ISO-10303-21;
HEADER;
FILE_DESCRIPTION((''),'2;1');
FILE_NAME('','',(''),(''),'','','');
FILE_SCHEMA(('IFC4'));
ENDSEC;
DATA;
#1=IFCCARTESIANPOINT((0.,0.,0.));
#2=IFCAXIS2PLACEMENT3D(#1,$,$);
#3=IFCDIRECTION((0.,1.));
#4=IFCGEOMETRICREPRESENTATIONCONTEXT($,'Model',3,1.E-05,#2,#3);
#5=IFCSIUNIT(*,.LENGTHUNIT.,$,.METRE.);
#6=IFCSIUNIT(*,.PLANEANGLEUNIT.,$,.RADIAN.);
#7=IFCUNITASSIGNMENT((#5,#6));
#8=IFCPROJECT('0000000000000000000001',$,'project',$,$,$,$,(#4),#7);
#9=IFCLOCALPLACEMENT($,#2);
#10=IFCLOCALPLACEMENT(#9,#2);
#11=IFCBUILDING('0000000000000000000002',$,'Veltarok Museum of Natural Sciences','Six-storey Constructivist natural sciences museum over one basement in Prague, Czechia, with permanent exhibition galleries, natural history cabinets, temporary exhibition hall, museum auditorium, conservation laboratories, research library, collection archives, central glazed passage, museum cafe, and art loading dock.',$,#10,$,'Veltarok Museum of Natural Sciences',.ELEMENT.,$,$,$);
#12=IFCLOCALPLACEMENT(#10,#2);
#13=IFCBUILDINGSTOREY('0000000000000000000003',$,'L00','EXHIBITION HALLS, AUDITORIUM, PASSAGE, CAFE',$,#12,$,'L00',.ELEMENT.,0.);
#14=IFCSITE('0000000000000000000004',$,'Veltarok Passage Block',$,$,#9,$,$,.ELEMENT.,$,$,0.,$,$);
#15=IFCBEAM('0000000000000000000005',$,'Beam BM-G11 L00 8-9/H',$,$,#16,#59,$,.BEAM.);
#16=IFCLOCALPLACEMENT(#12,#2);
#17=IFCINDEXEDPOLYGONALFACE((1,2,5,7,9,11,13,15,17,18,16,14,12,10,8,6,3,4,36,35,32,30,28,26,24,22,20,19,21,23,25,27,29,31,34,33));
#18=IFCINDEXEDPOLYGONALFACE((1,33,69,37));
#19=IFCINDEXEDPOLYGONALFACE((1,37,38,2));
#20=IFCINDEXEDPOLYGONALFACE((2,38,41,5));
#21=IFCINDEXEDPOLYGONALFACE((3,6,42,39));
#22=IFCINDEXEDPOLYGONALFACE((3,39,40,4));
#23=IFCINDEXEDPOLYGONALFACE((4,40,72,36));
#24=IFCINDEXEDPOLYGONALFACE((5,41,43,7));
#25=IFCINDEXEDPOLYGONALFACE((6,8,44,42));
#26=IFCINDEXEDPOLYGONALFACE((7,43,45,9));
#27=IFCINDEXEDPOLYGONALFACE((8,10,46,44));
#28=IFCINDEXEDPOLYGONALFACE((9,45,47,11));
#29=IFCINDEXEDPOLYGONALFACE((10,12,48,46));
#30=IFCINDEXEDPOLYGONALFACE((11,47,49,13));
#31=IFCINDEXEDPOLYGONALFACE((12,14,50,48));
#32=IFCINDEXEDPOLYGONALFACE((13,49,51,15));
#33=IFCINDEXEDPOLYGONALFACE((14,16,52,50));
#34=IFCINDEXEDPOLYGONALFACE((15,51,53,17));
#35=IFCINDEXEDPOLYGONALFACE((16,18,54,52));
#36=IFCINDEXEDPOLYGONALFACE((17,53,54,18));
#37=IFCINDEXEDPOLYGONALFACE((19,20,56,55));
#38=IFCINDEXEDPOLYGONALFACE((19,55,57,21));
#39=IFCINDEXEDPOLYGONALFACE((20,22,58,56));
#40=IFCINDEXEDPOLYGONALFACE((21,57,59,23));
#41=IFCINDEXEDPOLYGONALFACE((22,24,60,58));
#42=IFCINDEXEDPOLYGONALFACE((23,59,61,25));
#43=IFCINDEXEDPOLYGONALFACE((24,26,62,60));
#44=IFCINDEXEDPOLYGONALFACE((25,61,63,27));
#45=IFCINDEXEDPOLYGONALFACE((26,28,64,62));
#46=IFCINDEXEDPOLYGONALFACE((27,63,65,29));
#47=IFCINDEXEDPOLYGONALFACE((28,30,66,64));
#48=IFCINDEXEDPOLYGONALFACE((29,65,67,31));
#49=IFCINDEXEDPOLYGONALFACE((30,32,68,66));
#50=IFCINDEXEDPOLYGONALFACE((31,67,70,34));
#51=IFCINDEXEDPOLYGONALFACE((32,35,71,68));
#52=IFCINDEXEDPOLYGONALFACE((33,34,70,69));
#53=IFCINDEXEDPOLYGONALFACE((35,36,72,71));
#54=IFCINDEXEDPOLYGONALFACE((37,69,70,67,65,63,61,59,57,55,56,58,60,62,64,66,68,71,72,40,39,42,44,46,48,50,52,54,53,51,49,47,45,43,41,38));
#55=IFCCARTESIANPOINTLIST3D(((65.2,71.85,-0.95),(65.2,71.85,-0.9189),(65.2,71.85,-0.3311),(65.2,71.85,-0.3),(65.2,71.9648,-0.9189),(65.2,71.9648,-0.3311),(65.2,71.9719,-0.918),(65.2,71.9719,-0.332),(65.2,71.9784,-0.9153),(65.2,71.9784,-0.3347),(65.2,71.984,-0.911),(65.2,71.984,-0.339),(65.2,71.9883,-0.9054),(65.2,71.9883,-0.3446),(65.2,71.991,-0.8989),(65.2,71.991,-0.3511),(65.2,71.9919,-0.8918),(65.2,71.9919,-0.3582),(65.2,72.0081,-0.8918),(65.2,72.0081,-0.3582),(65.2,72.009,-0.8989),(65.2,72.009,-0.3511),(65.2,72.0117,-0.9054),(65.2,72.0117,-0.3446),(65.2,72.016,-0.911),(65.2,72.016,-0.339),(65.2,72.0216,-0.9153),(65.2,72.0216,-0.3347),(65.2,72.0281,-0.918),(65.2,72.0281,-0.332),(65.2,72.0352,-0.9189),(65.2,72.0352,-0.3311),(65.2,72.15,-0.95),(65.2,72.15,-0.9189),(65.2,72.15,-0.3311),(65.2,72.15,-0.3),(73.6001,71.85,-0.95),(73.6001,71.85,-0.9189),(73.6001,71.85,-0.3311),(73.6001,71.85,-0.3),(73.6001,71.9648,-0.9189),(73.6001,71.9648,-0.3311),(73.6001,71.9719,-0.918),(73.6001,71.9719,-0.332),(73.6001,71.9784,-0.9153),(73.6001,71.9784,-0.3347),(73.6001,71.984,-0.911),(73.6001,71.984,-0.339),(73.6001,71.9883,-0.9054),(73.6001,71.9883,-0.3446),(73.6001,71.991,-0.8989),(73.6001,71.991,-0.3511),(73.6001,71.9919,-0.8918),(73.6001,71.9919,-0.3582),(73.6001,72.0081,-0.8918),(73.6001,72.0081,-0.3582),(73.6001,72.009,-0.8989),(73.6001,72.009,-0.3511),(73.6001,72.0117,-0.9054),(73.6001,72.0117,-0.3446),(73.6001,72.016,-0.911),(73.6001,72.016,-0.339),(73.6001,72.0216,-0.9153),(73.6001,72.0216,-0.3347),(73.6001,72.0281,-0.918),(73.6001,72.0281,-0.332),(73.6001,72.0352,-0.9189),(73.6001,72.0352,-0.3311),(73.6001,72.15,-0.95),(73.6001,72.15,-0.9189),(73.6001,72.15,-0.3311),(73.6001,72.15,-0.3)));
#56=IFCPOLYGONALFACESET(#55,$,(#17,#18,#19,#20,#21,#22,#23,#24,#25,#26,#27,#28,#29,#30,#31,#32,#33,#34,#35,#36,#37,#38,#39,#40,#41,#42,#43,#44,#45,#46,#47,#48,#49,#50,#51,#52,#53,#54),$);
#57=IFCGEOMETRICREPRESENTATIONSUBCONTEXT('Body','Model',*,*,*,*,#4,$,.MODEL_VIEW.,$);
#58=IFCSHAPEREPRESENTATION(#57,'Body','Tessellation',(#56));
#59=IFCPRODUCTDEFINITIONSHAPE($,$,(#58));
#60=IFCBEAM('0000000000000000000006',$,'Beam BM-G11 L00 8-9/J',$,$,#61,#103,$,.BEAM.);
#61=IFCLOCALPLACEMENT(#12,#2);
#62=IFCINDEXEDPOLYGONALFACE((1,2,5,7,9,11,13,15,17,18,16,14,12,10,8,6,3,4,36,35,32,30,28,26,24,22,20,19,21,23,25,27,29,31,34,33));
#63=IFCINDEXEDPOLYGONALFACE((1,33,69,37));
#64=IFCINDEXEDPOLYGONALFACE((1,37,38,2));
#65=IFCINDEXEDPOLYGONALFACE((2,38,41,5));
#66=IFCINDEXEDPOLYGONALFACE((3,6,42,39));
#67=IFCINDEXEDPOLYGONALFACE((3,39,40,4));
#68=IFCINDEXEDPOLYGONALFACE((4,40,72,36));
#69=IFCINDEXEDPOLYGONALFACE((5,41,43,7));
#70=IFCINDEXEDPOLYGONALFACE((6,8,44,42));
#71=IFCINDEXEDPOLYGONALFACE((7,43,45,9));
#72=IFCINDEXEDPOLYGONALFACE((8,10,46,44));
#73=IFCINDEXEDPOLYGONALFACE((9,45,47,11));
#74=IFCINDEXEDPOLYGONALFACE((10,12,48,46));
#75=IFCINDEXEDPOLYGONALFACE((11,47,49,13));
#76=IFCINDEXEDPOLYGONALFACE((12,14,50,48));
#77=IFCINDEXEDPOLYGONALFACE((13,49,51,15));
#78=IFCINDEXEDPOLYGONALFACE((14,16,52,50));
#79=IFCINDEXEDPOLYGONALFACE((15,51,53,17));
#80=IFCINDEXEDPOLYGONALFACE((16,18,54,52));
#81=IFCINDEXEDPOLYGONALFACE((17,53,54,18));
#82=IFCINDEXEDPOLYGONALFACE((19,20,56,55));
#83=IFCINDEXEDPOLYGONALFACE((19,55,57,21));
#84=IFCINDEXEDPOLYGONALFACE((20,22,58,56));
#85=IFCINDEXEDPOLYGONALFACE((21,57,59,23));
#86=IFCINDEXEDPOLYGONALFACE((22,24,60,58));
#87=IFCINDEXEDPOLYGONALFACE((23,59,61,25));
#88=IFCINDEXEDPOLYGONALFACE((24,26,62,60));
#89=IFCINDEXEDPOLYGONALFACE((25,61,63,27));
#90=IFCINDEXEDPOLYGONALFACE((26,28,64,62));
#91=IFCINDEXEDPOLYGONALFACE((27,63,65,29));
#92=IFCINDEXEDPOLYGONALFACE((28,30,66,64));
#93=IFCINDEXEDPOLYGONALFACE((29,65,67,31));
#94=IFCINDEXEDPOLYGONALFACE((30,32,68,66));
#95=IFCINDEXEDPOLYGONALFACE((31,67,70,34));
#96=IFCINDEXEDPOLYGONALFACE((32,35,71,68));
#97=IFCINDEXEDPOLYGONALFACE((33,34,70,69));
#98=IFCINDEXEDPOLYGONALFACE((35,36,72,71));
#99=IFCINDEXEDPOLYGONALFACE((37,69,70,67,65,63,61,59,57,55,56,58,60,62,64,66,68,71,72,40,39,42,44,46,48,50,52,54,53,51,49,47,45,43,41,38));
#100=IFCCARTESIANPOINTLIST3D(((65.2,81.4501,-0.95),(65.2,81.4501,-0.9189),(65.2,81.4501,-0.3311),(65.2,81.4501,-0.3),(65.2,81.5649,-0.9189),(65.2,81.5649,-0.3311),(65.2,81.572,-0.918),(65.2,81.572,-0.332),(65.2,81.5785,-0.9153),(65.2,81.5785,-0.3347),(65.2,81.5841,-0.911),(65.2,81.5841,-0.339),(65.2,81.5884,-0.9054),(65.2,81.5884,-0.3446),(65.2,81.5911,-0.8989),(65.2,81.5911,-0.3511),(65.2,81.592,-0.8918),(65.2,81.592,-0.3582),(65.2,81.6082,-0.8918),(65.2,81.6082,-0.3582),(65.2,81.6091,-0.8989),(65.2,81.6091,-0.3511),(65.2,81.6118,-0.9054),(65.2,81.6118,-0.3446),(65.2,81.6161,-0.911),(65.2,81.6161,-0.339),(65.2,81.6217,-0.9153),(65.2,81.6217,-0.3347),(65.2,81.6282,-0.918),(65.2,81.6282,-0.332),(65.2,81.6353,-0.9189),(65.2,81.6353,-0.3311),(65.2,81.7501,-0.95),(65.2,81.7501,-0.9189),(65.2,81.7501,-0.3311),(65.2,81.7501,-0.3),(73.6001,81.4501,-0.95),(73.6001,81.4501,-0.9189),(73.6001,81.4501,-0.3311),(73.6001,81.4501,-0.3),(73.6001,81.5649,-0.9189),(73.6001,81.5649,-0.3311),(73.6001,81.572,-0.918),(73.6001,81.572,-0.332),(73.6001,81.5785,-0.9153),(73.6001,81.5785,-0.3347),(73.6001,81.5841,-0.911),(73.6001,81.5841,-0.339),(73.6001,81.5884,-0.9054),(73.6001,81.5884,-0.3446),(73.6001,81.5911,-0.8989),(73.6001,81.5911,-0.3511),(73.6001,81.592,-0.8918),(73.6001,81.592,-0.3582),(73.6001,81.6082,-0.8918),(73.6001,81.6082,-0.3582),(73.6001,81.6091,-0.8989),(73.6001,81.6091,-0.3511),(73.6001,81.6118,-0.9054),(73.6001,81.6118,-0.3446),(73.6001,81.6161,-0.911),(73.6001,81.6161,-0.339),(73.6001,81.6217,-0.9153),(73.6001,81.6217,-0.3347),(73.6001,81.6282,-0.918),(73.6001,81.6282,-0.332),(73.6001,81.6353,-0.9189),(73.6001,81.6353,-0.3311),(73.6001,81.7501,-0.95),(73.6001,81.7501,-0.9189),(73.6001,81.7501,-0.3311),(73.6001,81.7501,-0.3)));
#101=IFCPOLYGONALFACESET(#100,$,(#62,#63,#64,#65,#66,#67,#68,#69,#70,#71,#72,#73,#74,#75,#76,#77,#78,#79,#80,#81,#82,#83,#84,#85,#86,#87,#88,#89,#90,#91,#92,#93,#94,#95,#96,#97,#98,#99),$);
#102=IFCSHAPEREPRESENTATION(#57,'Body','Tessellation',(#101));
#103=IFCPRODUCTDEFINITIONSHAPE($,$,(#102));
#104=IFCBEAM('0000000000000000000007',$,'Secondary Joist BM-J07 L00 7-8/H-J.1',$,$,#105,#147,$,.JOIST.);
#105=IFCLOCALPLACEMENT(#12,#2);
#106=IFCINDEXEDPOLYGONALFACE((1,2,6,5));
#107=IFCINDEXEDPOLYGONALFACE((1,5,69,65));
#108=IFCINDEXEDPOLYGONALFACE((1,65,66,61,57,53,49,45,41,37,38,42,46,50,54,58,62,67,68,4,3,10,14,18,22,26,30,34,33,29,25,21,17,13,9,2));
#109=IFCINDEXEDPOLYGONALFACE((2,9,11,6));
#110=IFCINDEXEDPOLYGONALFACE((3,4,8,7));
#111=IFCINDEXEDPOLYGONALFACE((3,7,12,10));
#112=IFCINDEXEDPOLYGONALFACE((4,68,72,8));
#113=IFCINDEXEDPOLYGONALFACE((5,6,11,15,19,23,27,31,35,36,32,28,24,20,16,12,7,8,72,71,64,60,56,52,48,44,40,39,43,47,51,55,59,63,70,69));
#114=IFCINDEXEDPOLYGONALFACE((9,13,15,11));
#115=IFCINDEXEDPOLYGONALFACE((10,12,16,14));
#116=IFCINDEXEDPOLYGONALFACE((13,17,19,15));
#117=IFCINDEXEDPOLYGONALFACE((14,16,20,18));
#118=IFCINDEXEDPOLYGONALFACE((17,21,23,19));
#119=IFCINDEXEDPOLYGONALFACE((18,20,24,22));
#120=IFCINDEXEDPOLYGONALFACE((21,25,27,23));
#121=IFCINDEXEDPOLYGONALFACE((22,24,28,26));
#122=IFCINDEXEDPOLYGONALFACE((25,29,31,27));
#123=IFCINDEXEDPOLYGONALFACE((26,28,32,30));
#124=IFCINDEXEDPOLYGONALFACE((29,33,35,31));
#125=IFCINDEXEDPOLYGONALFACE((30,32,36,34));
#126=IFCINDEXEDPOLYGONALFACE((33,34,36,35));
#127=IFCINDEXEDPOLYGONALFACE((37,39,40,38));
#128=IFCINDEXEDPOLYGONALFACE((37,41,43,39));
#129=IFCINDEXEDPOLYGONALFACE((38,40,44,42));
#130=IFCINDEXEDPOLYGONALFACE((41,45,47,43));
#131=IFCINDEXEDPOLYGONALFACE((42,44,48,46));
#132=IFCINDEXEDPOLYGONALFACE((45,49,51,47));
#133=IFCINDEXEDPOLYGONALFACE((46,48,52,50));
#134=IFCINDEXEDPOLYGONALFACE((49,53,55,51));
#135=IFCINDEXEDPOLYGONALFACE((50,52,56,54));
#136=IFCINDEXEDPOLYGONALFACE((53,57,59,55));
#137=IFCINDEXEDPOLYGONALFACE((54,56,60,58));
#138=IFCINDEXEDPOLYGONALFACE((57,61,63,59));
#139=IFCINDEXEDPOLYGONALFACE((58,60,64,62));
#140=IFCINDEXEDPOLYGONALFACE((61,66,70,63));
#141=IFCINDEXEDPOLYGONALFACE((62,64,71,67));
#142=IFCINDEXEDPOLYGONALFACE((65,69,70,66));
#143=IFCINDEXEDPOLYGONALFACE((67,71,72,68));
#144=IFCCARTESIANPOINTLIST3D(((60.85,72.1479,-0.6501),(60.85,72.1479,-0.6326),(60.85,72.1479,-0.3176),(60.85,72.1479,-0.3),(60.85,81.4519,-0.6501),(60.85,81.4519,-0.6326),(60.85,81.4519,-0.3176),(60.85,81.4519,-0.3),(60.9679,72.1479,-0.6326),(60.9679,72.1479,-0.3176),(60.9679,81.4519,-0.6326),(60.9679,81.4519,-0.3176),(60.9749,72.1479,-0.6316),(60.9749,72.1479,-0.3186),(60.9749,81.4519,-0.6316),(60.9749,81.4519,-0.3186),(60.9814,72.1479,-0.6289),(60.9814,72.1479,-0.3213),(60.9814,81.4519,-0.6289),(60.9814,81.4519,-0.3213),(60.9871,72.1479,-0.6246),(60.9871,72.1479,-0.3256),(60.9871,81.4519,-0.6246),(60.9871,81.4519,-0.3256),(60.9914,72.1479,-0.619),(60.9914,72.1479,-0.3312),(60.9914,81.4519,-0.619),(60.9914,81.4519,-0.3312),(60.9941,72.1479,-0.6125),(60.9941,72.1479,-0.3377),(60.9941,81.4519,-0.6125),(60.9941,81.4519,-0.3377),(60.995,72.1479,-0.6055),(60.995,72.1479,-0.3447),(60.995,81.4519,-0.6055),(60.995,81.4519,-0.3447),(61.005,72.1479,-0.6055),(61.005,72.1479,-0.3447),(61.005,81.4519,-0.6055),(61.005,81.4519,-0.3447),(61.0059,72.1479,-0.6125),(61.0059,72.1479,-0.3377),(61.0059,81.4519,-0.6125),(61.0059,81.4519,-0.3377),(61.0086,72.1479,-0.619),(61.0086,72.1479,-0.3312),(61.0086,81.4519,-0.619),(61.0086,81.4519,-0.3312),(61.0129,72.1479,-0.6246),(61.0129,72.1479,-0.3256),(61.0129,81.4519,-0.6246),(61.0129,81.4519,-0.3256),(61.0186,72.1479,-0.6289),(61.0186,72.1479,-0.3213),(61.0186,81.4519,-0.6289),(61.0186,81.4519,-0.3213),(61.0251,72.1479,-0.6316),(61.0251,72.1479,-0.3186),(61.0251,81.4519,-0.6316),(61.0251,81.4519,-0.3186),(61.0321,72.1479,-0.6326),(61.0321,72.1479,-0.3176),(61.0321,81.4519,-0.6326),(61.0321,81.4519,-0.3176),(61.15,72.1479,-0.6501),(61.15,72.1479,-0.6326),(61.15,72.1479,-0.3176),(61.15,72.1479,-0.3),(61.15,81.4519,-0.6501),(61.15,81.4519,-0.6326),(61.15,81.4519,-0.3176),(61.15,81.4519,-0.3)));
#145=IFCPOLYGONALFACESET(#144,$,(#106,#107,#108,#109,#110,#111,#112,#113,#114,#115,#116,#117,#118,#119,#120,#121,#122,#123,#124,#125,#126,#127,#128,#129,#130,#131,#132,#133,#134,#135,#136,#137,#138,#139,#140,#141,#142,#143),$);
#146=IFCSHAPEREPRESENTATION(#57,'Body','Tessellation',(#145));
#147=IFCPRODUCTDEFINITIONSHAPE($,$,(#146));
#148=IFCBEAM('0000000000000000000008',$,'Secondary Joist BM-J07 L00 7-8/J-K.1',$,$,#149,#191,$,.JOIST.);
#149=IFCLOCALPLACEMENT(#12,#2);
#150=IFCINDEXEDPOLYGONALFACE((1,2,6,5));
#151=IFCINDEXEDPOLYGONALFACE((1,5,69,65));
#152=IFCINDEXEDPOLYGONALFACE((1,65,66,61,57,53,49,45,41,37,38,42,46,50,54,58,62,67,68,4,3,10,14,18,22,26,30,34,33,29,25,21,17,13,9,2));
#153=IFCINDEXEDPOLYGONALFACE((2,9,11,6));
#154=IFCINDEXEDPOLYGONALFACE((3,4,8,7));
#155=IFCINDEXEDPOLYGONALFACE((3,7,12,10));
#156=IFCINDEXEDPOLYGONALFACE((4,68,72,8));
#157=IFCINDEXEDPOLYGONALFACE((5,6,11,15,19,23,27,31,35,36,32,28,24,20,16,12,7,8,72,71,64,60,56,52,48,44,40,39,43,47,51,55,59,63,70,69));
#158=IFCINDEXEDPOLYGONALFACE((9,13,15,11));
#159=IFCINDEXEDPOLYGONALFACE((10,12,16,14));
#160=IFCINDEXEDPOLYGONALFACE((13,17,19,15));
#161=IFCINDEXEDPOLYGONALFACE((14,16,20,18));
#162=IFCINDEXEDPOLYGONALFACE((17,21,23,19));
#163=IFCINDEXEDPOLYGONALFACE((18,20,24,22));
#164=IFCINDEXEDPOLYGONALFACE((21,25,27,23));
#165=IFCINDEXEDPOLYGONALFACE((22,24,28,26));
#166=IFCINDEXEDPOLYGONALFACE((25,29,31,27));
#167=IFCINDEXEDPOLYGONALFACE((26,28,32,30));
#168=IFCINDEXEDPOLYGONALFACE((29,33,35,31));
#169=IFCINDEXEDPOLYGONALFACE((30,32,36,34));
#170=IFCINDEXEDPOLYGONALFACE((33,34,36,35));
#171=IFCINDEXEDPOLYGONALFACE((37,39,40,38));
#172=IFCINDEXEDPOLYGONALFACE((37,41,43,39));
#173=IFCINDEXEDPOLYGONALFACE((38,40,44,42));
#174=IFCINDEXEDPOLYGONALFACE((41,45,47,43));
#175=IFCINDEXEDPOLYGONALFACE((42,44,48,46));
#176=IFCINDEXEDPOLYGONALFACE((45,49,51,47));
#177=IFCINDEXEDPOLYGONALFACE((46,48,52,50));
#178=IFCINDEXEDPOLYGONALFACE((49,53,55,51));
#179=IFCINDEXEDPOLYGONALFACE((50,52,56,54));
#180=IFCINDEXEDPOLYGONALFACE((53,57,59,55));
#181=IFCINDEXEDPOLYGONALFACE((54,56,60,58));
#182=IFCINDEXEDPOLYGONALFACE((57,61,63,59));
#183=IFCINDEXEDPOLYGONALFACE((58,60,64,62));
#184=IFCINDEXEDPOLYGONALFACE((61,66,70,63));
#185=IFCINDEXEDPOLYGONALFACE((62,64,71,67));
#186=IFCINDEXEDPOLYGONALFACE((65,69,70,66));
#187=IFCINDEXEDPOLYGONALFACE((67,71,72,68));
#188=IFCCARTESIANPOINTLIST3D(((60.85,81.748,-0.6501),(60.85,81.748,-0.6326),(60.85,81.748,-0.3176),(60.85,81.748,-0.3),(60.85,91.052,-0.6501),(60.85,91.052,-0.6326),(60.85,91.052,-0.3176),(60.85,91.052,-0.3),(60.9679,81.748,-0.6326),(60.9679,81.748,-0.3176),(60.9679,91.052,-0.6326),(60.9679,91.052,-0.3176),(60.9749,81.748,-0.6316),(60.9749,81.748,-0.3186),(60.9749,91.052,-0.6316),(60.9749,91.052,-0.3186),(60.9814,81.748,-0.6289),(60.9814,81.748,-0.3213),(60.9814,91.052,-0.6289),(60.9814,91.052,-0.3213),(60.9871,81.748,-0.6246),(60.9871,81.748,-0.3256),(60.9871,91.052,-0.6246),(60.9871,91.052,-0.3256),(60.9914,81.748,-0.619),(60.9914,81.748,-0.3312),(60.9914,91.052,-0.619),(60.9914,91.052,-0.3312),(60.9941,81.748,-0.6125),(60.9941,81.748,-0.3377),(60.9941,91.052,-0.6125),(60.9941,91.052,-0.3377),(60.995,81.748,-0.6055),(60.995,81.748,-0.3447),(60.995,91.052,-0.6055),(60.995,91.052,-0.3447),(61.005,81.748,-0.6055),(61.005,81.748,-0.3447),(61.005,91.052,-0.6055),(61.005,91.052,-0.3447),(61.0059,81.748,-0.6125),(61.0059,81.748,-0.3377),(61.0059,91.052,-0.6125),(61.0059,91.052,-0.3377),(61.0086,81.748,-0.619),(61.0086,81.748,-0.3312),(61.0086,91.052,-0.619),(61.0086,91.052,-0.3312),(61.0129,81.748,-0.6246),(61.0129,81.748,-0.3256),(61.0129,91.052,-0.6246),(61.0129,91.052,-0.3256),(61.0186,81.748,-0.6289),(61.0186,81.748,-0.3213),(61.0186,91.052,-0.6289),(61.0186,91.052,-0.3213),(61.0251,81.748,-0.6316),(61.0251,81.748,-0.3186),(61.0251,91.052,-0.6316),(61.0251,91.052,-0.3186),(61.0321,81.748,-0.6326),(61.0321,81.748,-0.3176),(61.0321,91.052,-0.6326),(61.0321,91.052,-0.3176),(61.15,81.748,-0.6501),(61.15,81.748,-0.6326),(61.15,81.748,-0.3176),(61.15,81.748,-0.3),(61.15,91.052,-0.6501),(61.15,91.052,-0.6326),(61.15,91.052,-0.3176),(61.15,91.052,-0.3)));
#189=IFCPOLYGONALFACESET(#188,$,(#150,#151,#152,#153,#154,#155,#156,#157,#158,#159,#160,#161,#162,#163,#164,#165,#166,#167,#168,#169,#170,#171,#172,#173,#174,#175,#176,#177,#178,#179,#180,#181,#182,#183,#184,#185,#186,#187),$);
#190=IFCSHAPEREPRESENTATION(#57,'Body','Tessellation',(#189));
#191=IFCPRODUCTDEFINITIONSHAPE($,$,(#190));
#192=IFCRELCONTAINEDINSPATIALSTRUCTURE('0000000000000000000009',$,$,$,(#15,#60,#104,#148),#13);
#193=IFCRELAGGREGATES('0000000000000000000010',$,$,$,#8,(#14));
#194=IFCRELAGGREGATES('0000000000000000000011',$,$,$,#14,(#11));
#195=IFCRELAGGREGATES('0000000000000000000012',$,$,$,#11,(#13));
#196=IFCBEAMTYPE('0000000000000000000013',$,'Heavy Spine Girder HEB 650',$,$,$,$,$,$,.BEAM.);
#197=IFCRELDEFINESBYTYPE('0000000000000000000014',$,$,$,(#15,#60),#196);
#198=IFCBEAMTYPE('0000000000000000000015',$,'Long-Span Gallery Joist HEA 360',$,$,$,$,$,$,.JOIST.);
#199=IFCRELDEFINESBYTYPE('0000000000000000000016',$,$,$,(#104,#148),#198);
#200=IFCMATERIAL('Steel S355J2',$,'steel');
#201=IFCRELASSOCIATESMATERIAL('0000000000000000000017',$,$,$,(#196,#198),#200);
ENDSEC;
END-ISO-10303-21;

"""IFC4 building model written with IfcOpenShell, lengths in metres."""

from ifc_helpers import new_model, si_unit, direction, frame, origin, origin_2d, place, context, subcontext, project, spatial, i_section, extrude, material, material_profile, profile_set, type_object, element, save


model = new_model("IFC4")

# Units and contexts
model_context = context("Model", 3, precision=1e-05, world=origin(), true_north=direction((0.0, 1.0)))
body_context = subcontext(model_context, "Body", "Model", "MODEL_VIEW")
ifc_project = project(units=[si_unit("LENGTHUNIT", "METRE"), si_unit("PLANEANGLEUNIT", "RADIAN")], contexts=[model_context])

# Site, building, storey
site_placement = place(None, origin())
site = spatial("IfcSite", under=ifc_project, at=site_placement, Name="Veltarok Passage Block", CompositionType="ELEMENT", RefElevation=0.0)
building_placement = place(site_placement, origin())
building = spatial("IfcBuilding", under=site, at=building_placement, Name="Veltarok Museum of Natural Sciences", Description="Six-storey Constructivist natural sciences museum over one basement in Prague, Czechia, with permanent exhibition galleries, natural history cabinets, temporary exhibition hall, museum auditorium, conservation laboratories, research library, collection archives, central glazed passage, museum cafe, and art loading dock.", LongName="Veltarok Museum of Natural Sciences", CompositionType="ELEMENT")
storey_placement = place(building_placement, origin())
storey = spatial("IfcBuildingStorey", under=building, at=storey_placement, Name="L00", Description="EXHIBITION HALLS, AUDITORIUM, PASSAGE, CAFE", LongName="L00", CompositionType="ELEMENT", Elevation=0.0)

# Shared definitions
ifc_material_1 = material(Name="Steel S355J2", Category="steel")

# Beams
ifc_material_profile_1 = material_profile(ifc_material_1, i_section(OverallWidth=0.3, OverallDepth=0.6499, WebThickness=0.0161, FlangeThickness=0.031, FilletRadius=0.0271, at=origin_2d()), Name="HEB 650")
ifc_profile_set_1 = profile_set([ifc_material_profile_1], Name="Steel S355J2")
beam_type_1 = type_object("IfcBeamType", Name="Heavy Spine Girder HEB 650", PredefinedType="BEAM", material=ifc_profile_set_1)
for number, where, z_axis, x_axis, name in (
    (1, (65.2, 72.0, -0.625), (1.0, 0.0, 0.0), (0.0, 1.0, 0.0), "Beam BM-G11 L00 8-9/H"),
    (2, (65.2, 81.6001, -0.625), (1.0, 0.0, 0.0), (0.0, 1.0, 0.0), "Beam BM-G11 L00 8-9/J"),
):
    element("IfcBeam", number, at=place(storey_placement, frame(where, z_axis=z_axis, x_axis=x_axis)), inside=storey, type_object=beam_type_1, Name=name, PredefinedType="BEAM", context=body_context, shape_type="SweptSolid", body=[
        extrude(i_section(OverallWidth=0.3, OverallDepth=0.6499, WebThickness=0.0161, FlangeThickness=0.031, FilletRadius=0.0271, at=origin_2d()), origin(), (0.0, 0.0, 1.0), 8.4001),
    ])
ifc_material_profile_2 = material_profile(ifc_material_1, i_section(OverallWidth=0.3, OverallDepth=0.3501, WebThickness=0.01, FlangeThickness=0.0176, FilletRadius=0.0271, at=origin_2d()), Name="HEA 360")
ifc_profile_set_2 = profile_set([ifc_material_profile_2], Name="Steel S355J2")
beam_type_2 = type_object("IfcBeamType", Name="Long-Span Gallery Joist HEA 360", PredefinedType="JOIST", material=ifc_profile_set_2)
for number, where, z_axis, x_axis, name in (
    (3, (61.0, 72.1479, -0.4751), (0.0, 1.0, 0.0), (-1.0, 0.0, 0.0), "Secondary Joist BM-J07 L00 7-8/H-J.1"),
    (4, (61.0, 81.748, -0.4751), (0.0, 1.0, 0.0), (-1.0, 0.0, 0.0), "Secondary Joist BM-J07 L00 7-8/J-K.1"),
):
    element("IfcBeam", number, at=place(storey_placement, frame(where, z_axis=z_axis, x_axis=x_axis)), inside=storey, type_object=beam_type_2, Name=name, PredefinedType="JOIST", context=body_context, shape_type="SweptSolid", body=[
        extrude(i_section(OverallWidth=0.3, OverallDepth=0.3501, WebThickness=0.01, FlangeThickness=0.0176, FilletRadius=0.0271, at=origin_2d()), origin(), (0.0, 0.0, 1.0), 9.304),
    ])

save(model, "model.ifc")
